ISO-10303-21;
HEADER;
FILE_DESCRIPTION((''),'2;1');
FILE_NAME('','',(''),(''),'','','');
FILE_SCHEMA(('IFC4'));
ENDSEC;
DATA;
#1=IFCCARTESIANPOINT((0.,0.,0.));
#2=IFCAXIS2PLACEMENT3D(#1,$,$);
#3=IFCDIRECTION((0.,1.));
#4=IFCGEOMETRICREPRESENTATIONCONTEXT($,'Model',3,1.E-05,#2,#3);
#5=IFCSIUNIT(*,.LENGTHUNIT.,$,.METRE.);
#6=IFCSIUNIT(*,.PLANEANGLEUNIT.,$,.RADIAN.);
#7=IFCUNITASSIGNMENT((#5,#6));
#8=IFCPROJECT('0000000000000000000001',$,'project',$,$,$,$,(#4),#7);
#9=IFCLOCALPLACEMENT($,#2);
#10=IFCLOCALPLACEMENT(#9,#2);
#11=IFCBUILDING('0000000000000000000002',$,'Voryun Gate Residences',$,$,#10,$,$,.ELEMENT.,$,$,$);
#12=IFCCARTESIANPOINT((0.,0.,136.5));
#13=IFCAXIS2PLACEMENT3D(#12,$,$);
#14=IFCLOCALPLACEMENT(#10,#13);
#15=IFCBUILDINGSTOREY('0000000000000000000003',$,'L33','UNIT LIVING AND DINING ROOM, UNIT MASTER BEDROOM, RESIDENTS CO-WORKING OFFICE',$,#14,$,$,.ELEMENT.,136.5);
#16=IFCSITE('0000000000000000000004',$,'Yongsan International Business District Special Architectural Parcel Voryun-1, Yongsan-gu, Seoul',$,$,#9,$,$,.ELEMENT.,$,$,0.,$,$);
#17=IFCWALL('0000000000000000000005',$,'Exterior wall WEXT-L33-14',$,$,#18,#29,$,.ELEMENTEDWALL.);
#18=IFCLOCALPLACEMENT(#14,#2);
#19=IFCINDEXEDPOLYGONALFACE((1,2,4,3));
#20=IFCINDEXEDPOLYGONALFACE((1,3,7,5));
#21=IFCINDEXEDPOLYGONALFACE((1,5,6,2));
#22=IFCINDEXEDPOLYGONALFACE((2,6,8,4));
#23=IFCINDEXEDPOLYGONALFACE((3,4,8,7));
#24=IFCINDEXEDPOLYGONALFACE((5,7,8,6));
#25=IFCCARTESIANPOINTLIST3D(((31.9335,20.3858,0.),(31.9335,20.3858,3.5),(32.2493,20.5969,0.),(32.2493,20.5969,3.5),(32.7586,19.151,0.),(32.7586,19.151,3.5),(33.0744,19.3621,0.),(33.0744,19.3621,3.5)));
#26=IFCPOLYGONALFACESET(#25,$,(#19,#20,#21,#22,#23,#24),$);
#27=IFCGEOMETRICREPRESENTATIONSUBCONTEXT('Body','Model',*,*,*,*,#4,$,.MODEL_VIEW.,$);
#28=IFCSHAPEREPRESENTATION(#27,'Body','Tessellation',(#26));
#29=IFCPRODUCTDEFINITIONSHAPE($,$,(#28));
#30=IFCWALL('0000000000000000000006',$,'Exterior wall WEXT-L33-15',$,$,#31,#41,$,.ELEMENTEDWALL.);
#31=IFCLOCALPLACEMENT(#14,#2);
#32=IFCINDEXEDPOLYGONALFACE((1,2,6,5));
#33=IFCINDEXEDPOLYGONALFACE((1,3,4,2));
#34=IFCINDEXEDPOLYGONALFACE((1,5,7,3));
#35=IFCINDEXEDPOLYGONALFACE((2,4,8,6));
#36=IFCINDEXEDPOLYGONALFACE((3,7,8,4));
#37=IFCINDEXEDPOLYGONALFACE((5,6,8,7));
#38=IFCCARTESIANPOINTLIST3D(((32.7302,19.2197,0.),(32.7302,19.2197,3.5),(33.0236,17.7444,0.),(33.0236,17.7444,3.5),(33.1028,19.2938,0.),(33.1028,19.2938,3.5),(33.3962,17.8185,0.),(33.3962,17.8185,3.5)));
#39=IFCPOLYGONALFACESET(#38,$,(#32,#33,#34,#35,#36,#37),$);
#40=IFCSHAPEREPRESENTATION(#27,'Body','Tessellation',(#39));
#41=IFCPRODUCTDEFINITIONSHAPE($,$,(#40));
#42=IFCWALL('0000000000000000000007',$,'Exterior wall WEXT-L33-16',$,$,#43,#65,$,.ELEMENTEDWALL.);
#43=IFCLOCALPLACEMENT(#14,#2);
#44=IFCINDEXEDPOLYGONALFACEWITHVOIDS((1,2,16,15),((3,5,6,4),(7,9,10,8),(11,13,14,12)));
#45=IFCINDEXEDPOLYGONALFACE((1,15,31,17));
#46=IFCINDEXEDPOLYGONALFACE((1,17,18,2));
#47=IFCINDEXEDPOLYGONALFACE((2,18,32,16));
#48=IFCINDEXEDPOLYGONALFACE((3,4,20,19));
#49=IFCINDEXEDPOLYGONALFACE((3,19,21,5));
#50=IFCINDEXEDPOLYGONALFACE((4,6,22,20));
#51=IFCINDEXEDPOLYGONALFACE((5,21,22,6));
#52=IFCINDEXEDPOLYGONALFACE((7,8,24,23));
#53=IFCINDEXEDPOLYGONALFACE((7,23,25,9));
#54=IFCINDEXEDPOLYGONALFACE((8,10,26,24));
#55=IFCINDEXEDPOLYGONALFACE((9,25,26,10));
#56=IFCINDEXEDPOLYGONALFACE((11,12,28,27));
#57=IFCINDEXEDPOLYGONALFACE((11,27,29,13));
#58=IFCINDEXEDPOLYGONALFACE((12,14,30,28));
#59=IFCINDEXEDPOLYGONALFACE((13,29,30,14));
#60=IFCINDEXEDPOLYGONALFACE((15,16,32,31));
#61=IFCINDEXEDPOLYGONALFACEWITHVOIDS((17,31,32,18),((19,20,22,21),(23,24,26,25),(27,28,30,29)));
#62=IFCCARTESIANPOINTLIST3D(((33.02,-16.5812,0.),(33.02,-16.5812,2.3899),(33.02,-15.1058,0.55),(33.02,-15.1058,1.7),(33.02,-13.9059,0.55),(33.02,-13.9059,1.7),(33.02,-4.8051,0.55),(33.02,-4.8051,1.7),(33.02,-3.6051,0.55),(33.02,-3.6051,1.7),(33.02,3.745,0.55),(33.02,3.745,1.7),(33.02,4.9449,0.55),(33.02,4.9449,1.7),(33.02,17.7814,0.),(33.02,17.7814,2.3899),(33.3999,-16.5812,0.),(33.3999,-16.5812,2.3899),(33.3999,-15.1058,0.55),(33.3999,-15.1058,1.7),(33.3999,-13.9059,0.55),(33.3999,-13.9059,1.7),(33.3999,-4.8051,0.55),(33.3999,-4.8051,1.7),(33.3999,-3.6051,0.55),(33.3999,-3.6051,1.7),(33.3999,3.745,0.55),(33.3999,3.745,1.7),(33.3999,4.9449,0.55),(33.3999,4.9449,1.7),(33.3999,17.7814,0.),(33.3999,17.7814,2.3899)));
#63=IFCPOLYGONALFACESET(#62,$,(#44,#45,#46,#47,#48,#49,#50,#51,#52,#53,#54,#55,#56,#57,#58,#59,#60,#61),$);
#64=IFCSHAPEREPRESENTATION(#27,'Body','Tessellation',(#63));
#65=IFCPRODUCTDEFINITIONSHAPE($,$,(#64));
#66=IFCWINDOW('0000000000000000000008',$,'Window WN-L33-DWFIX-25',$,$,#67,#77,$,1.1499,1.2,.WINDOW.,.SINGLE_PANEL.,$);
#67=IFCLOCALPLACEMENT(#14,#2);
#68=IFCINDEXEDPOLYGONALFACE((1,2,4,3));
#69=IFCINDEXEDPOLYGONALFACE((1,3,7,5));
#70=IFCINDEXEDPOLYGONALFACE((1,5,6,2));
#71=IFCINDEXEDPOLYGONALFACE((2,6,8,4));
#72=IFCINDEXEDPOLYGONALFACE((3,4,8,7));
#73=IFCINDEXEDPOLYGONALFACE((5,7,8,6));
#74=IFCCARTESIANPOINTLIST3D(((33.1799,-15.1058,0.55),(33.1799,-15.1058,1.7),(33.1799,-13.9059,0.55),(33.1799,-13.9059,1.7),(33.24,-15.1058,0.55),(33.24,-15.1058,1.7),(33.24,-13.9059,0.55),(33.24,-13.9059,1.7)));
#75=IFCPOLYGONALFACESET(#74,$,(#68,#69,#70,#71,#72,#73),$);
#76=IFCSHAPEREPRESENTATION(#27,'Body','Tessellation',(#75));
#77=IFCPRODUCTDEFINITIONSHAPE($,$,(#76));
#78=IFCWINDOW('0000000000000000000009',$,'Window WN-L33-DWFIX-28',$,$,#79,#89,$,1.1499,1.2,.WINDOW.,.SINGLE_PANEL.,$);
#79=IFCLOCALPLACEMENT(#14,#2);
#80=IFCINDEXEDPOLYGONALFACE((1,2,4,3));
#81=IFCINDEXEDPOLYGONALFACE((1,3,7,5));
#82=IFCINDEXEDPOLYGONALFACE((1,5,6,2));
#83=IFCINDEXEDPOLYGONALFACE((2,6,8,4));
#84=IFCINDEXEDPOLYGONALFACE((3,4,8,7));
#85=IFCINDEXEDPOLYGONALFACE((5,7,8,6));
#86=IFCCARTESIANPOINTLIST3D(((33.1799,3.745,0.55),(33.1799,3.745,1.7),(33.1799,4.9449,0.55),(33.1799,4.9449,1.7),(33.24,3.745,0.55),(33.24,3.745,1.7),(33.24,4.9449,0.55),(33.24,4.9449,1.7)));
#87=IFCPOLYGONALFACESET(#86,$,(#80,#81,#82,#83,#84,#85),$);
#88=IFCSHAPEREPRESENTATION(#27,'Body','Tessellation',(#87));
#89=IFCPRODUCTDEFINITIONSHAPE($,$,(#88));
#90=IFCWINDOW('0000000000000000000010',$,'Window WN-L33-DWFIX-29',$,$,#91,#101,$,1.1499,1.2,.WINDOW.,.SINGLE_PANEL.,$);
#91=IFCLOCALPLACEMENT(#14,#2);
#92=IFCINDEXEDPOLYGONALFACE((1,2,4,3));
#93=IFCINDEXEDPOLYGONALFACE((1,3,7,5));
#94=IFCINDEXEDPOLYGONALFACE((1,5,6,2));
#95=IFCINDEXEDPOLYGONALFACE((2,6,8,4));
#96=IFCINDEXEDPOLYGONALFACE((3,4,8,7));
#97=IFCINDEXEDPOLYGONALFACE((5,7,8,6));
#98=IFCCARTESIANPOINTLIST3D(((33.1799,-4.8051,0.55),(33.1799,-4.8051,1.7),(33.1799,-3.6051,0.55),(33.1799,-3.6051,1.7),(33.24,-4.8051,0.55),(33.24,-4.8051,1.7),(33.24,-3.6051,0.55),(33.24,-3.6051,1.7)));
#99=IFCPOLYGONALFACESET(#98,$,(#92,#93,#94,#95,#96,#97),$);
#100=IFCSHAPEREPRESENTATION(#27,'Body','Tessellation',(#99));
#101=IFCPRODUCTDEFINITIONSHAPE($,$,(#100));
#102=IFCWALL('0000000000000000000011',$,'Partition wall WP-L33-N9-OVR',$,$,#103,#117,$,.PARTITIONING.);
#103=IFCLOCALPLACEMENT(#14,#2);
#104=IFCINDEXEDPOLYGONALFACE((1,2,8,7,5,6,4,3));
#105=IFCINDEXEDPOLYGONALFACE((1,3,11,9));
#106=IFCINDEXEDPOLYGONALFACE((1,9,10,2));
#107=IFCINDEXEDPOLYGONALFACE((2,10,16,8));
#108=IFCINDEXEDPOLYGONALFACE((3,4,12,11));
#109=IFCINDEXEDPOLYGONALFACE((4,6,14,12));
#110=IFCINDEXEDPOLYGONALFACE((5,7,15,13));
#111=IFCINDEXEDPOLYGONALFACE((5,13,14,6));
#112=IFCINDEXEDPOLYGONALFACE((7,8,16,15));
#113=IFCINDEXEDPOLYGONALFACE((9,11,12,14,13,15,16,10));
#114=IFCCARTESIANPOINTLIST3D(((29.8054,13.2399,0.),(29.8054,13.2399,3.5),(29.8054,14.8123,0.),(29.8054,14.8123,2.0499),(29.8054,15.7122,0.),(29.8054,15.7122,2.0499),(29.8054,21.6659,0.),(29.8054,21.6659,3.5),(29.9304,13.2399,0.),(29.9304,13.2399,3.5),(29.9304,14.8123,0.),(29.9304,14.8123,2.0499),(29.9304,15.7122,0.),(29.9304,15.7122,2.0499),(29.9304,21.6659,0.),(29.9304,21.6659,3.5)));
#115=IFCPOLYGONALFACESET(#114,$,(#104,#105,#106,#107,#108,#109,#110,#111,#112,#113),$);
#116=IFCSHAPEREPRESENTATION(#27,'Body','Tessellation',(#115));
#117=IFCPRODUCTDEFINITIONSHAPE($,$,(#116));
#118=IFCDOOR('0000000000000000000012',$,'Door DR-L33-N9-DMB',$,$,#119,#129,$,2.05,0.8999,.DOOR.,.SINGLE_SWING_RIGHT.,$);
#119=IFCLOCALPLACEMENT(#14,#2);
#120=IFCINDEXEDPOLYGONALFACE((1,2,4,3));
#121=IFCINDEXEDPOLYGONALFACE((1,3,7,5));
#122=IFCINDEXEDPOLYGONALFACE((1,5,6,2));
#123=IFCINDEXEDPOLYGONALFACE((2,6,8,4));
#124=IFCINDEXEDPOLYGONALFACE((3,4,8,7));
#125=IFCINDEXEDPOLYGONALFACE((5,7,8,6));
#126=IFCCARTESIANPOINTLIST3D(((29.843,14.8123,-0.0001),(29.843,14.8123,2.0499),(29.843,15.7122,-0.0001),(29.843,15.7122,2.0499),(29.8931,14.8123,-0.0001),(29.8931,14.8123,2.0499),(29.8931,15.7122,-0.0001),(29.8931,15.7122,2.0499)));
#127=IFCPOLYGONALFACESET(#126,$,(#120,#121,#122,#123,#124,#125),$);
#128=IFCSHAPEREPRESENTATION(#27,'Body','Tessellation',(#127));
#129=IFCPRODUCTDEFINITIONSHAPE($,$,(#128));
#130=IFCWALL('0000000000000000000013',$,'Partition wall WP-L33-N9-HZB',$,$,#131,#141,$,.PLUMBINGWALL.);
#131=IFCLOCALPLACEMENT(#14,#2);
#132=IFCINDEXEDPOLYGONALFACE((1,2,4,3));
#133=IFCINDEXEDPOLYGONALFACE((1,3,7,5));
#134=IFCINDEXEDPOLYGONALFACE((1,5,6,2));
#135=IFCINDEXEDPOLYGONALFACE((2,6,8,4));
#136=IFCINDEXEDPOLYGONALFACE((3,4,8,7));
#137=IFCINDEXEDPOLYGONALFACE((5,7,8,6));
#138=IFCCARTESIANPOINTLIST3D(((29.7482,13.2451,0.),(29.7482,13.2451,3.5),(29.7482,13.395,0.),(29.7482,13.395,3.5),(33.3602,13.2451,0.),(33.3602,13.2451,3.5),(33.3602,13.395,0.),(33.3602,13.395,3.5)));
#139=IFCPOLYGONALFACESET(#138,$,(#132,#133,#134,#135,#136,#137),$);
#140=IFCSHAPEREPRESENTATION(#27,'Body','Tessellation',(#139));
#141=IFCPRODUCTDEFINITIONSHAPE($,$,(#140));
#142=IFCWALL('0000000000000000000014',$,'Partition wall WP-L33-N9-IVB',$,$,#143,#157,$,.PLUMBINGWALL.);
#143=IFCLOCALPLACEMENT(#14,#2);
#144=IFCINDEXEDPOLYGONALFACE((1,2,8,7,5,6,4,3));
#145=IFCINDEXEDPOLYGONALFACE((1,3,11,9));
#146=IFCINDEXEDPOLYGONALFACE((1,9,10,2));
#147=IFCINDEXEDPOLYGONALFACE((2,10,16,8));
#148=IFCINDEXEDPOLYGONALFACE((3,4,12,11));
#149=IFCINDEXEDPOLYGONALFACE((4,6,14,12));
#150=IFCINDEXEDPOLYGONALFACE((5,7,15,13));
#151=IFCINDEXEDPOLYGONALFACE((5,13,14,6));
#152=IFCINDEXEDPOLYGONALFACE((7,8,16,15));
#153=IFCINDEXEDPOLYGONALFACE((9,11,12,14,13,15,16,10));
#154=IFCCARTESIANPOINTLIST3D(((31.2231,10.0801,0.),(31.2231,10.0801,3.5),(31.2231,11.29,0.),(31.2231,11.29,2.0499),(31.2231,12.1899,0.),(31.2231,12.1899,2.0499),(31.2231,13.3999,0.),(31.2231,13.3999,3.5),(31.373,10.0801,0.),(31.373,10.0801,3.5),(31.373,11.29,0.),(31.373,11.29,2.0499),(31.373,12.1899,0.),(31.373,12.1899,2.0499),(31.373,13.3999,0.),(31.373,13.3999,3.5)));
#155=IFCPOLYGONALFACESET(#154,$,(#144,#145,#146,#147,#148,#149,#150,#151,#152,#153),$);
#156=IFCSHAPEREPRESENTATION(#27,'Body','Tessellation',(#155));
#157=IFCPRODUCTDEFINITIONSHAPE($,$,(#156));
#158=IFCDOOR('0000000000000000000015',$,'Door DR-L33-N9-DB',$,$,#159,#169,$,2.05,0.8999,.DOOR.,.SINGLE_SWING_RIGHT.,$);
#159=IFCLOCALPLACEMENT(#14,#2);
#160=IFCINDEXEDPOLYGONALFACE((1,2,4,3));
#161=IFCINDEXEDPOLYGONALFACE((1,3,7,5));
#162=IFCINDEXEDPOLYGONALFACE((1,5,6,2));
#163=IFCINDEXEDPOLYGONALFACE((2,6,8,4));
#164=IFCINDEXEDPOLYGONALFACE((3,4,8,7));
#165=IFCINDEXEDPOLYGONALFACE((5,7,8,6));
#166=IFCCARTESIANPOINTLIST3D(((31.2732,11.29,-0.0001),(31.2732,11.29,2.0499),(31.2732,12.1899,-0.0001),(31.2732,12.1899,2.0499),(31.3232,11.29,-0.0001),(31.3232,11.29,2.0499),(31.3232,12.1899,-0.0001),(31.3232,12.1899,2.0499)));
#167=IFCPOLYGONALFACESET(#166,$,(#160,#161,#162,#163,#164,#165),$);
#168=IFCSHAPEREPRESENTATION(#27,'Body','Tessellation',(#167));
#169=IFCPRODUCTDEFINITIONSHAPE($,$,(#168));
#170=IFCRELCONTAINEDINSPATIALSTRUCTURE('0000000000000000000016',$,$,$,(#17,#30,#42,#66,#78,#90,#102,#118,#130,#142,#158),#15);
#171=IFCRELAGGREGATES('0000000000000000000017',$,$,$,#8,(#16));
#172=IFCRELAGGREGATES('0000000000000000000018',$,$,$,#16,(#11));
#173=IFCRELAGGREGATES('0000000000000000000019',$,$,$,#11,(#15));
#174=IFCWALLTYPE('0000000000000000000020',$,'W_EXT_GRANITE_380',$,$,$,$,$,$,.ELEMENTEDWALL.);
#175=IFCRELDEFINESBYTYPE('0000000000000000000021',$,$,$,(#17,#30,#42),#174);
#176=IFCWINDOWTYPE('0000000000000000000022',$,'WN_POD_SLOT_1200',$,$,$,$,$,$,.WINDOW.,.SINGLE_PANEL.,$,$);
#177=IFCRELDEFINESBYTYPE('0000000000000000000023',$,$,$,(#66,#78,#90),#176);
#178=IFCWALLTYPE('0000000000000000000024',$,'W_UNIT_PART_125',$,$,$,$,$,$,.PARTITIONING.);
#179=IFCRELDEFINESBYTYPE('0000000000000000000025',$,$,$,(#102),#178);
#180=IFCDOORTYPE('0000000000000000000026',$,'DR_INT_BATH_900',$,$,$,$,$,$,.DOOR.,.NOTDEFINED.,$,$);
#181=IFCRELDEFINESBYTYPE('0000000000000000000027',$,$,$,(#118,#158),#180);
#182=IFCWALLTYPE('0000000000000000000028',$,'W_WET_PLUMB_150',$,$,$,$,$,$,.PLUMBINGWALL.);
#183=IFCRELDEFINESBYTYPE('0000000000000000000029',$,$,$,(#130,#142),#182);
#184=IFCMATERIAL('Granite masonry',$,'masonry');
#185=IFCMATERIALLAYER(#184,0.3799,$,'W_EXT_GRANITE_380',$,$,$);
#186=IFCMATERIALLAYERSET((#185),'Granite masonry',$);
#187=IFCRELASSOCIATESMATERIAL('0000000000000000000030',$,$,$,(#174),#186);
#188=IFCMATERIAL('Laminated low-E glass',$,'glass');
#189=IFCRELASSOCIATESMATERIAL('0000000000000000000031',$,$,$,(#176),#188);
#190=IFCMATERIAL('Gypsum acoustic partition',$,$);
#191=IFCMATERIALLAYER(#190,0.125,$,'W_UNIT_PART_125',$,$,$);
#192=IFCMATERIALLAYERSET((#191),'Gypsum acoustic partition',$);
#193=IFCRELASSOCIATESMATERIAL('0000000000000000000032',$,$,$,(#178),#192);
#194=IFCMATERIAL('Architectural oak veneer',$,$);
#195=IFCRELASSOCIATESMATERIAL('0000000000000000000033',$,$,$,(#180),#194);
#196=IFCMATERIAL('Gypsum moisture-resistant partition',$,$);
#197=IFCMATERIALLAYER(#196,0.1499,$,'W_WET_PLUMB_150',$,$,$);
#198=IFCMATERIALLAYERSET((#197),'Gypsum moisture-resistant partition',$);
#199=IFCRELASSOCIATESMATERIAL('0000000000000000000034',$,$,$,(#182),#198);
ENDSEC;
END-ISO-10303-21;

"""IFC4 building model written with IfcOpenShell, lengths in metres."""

from ifc_helpers import new_model, si_unit, direction, frame, frame_2d, origin, place, context, subcontext, project, spatial, rectangle, extrude, material, layer, layer_set, type_object, element, fill, save


model = new_model("IFC4")

# Units and contexts
model_context = context("Model", 3, precision=1e-05, world=origin(), true_north=direction((0.0, 1.0)))
body_context = subcontext(model_context, "Body", "Model", "MODEL_VIEW")
ifc_project = project(units=[si_unit("LENGTHUNIT", "METRE"), si_unit("PLANEANGLEUNIT", "RADIAN")], contexts=[model_context])

# Site, building, storey
site_placement = place(None, origin())
site = spatial("IfcSite", under=ifc_project, at=site_placement, Name="Yongsan International Business District Special Architectural Parcel Voryun-1, Yongsan-gu, Seoul", CompositionType="ELEMENT", RefElevation=0.0)
building_placement = place(site_placement, origin())
building = spatial("IfcBuilding", under=site, at=building_placement, Name="Voryun Gate Residences", CompositionType="ELEMENT")
storey_placement = place(building_placement, frame((0.0, 0.0, 136.5)))
storey = spatial("IfcBuildingStorey", under=building, at=storey_placement, Name="L33", Description="UNIT LIVING AND DINING ROOM, UNIT MASTER BEDROOM, RESIDENTS CO-WORKING OFFICE", CompositionType="ELEMENT", Elevation=136.5)

# Walls
ifc_material_1 = material(Name="Granite masonry", Category="masonry")
ifc_layer_1 = layer(ifc_material_1, 0.3799, Name="W_EXT_GRANITE_380")
ifc_layer_set_1 = layer_set([ifc_layer_1], Name="Granite masonry")
wall_type_1 = type_object("IfcWallType", Name="W_EXT_GRANITE_380", PredefinedType="ELEMENTEDWALL", material=ifc_layer_set_1)
wall_1_placement = place(storey_placement, frame((32.0913, 20.4915, 0.0), z_axis=(0.0, 0.0, 1.0), x_axis=(0.55561, -0.831443, 0.0)))
element("IfcWall", 1, at=wall_1_placement, inside=storey, type_object=wall_type_1, Name="Exterior wall WEXT-L33-14", PredefinedType="ELEMENTEDWALL", context=body_context, shape_type="SweptSolid", body=[
    extrude(rectangle(XDim=1.4851, YDim=0.3799, at=frame_2d((0.7427, 0.0))), origin(), (0.0, 0.0, 1.0), 3.5),
])
wall_2_placement = place(storey_placement, frame((32.9165, 19.2566, 0.0), z_axis=(0.0, 0.0, 1.0), x_axis=(0.195086, -0.980786, 0.0)))
element("IfcWall", 2, at=wall_2_placement, inside=storey, type_object=wall_type_1, Name="Exterior wall WEXT-L33-15", PredefinedType="ELEMENTEDWALL", context=body_context, shape_type="SweptSolid", body=[
    extrude(rectangle(XDim=1.5042, YDim=0.3799, at=frame_2d((0.752, 0.0))), origin(), (0.0, 0.0, 1.0), 3.5),
])

# Wall, openings, windows
wall_3_placement = place(storey_placement, frame((33.21, 17.7812, 0.0), z_axis=(0.0, 0.0, 1.0), x_axis=(0.0, -1.0, 0.0)))
wall_3 = element("IfcWall", 3, at=wall_3_placement, inside=storey, type_object=wall_type_1, Name="Exterior wall WEXT-L33-16", PredefinedType="ELEMENTEDWALL", context=body_context, shape_type="SweptSolid", body=[
    extrude(rectangle(XDim=34.3625, YDim=0.3799, at=frame_2d((17.1812, 0.0))), origin(), (0.0, 0.0, 1.0), 2.3899),
])
opening_1_placement = place(wall_3_placement, frame((31.687, 0.0, 0.55)))
opening_1 = element("IfcOpeningElement", 4, at=opening_1_placement, cuts=wall_3, PredefinedType="OPENING", context=body_context, shape_type="SweptSolid", body=[
    extrude(rectangle(XDim=1.2, YDim=1.1499, at=frame_2d((0.6001, 0.575))), frame((0.0, 0.2, 0.0), z_axis=(0.0, -1.0, 0.0), x_axis=(1.0, 0.0, 0.0)), (0.0, 0.0, 1.0), 0.3999),
])
opening_2_placement = place(wall_3_placement, frame((12.8362, 0.0, 0.55)))
opening_2 = element("IfcOpeningElement", 5, at=opening_2_placement, cuts=wall_3, PredefinedType="OPENING", context=body_context, shape_type="SweptSolid", body=[
    extrude(rectangle(XDim=1.2, YDim=1.1499, at=frame_2d((0.6001, 0.575))), frame((0.0, 0.2, 0.0), z_axis=(0.0, -1.0, 0.0), x_axis=(1.0, 0.0, 0.0)), (0.0, 0.0, 1.0), 0.3999),
])
opening_3_placement = place(wall_3_placement, frame((21.3862, 0.0, 0.55)))
opening_3 = element("IfcOpeningElement", 6, at=opening_3_placement, cuts=wall_3, PredefinedType="OPENING", context=body_context, shape_type="SweptSolid", body=[
    extrude(rectangle(XDim=1.2, YDim=1.1499, at=frame_2d((0.6001, 0.575))), frame((0.0, 0.2, 0.0), z_axis=(0.0, -1.0, 0.0), x_axis=(1.0, 0.0, 0.0)), (0.0, 0.0, 1.0), 0.3999),
])
ifc_material_2 = material(Name="Laminated low-E glass", Category="glass")
window_type = type_object("IfcWindowType", Name="WN_POD_SLOT_1200", PartitioningType="SINGLE_PANEL", PredefinedType="WINDOW", material=ifc_material_2)
window_1_placement = place(opening_1_placement, origin())
window_1 = element("IfcWindow", 7, at=window_1_placement, inside=storey, type_object=window_type, Name="Window WN-L33-DWFIX-25", OverallHeight=1.1499, OverallWidth=1.2, PartitioningType="SINGLE_PANEL", PredefinedType="WINDOW", context=body_context, shape_type="SweptSolid", body=[
    extrude(rectangle(XDim=1.2, YDim=1.1499, at=frame_2d((0.6001, 0.575))), frame((0.0, 0.03, 0.0), z_axis=(0.0, -1.0, 0.0), x_axis=(1.0, 0.0, 0.0)), (0.0, 0.0, 1.0), 0.0601),
])
fill(opening_1, window_1)
window_2_placement = place(opening_2_placement, origin())
window_2 = element("IfcWindow", 8, at=window_2_placement, inside=storey, type_object=window_type, Name="Window WN-L33-DWFIX-28", OverallHeight=1.1499, OverallWidth=1.2, PartitioningType="SINGLE_PANEL", PredefinedType="WINDOW", context=body_context, shape_type="SweptSolid", body=[
    extrude(rectangle(XDim=1.2, YDim=1.1499, at=frame_2d((0.6001, 0.575))), frame((0.0, 0.03, 0.0), z_axis=(0.0, -1.0, 0.0), x_axis=(1.0, 0.0, 0.0)), (0.0, 0.0, 1.0), 0.0601),
])
fill(opening_2, window_2)
window_3_placement = place(opening_3_placement, origin())
window_3 = element("IfcWindow", 9, at=window_3_placement, inside=storey, type_object=window_type, Name="Window WN-L33-DWFIX-29", OverallHeight=1.1499, OverallWidth=1.2, PartitioningType="SINGLE_PANEL", PredefinedType="WINDOW", context=body_context, shape_type="SweptSolid", body=[
    extrude(rectangle(XDim=1.2, YDim=1.1499, at=frame_2d((0.6001, 0.575))), frame((0.0, 0.03, 0.0), z_axis=(0.0, -1.0, 0.0), x_axis=(1.0, 0.0, 0.0)), (0.0, 0.0, 1.0), 0.0601),
])
fill(opening_3, window_3)

# Wall, opening, door
ifc_material_3 = material(Name="Gypsum acoustic partition")
ifc_layer_2 = layer(ifc_material_3, 0.125, Name="W_UNIT_PART_125")
ifc_layer_set_2 = layer_set([ifc_layer_2], Name="Gypsum acoustic partition")
wall_type_2 = type_object("IfcWallType", Name="W_UNIT_PART_125", PredefinedType="PARTITIONING", material=ifc_layer_set_2)
wall_4_placement = place(storey_placement, frame((29.8679, 13.24, 0.0), z_axis=(0.0, 0.0, 1.0), x_axis=(0.0, 1.0, 0.0)))
wall_4 = element("IfcWall", 10, at=wall_4_placement, inside=storey, type_object=wall_type_2, Name="Partition wall WP-L33-N9-OVR", PredefinedType="PARTITIONING", context=body_context, shape_type="SweptSolid", body=[
    extrude(rectangle(XDim=8.426, YDim=0.125, at=frame_2d((4.2129, 0.0))), origin(), (0.0, 0.0, 1.0), 3.5),
])
opening_4_placement = place(wall_4_placement, frame((1.5723, 0.0, 0.0)))
opening_4 = element("IfcOpeningElement", 11, at=opening_4_placement, cuts=wall_4, PredefinedType="OPENING", context=body_context, shape_type="SweptSolid", body=[
    extrude(rectangle(XDim=0.8999, YDim=2.05, at=frame_2d((0.45, 1.0249))), frame((0.0, 0.0725, 0.0), z_axis=(0.0, -1.0, 0.0), x_axis=(1.0, 0.0, 0.0)), (0.0, 0.0, 1.0), 0.145),
])
ifc_material_4 = material(Name="Architectural oak veneer")
door_type = type_object("IfcDoorType", Name="DR_INT_BATH_900", OperationType="NOTDEFINED", PredefinedType="DOOR", material=ifc_material_4)
door_1_placement = place(opening_4_placement, origin())
door_1 = element("IfcDoor", 12, at=door_1_placement, inside=storey, type_object=door_type, Name="Door DR-L33-N9-DMB", OperationType="SINGLE_SWING_RIGHT", OverallHeight=2.05, OverallWidth=0.8999, PredefinedType="DOOR", context=body_context, shape_type="SweptSolid", body=[
    extrude(rectangle(XDim=0.8999, YDim=2.05, at=frame_2d((0.45, 1.0249))), frame((0.0, 0.0249, 0.0), z_axis=(0.0, -1.0, 0.0), x_axis=(1.0, 0.0, 0.0)), (0.0, 0.0, 1.0), 0.05),
])
fill(opening_4, door_1)

# Wall
ifc_material_5 = material(Name="Gypsum moisture-resistant partition")
ifc_layer_3 = layer(ifc_material_5, 0.1499, Name="W_WET_PLUMB_150")
ifc_layer_set_3 = layer_set([ifc_layer_3], Name="Gypsum moisture-resistant partition")
wall_type_3 = type_object("IfcWallType", Name="W_WET_PLUMB_150", PredefinedType="PLUMBINGWALL", material=ifc_layer_set_3)
wall_5_placement = place(storey_placement, frame((29.748, 13.3201, 0.0), z_axis=(0.0, 0.0, 1.0), x_axis=(1.0, 0.0, 0.0)))
element("IfcWall", 13, at=wall_5_placement, inside=storey, type_object=wall_type_3, Name="Partition wall WP-L33-N9-HZB", PredefinedType="PLUMBINGWALL", context=body_context, shape_type="SweptSolid", body=[
    extrude(rectangle(XDim=3.6121, YDim=0.1499, at=frame_2d((1.8062, 0.0))), origin(), (0.0, 0.0, 1.0), 3.5),
])

# Wall, opening, door
wall_6_placement = place(storey_placement, frame((31.2981, 10.0801, 0.0), z_axis=(0.0, 0.0, 1.0), x_axis=(0.0, 1.0, 0.0)))
wall_6 = element("IfcWall", 14, at=wall_6_placement, inside=storey, type_object=wall_type_3, Name="Partition wall WP-L33-N9-IVB", PredefinedType="PLUMBINGWALL", context=body_context, shape_type="SweptSolid", body=[
    extrude(rectangle(XDim=3.3198, YDim=0.1499, at=frame_2d((1.6599, 0.0))), origin(), (0.0, 0.0, 1.0), 3.5),
])
opening_5_placement = place(wall_6_placement, frame((1.21, 0.0, 0.0)))
opening_5 = element("IfcOpeningElement", 15, at=opening_5_placement, cuts=wall_6, PredefinedType="OPENING", context=body_context, shape_type="SweptSolid", body=[
    extrude(rectangle(XDim=0.8999, YDim=2.05, at=frame_2d((0.45, 1.0249))), frame((0.0, 0.085, 0.0), z_axis=(0.0, -1.0, 0.0), x_axis=(1.0, 0.0, 0.0)), (0.0, 0.0, 1.0), 0.1699),
])
door_2_placement = place(opening_5_placement, origin())
door_2 = element("IfcDoor", 16, at=door_2_placement, inside=storey, type_object=door_type, Name="Door DR-L33-N9-DB", OperationType="SINGLE_SWING_RIGHT", OverallHeight=2.05, OverallWidth=0.8999, PredefinedType="DOOR", context=body_context, shape_type="SweptSolid", body=[
    extrude(rectangle(XDim=0.8999, YDim=2.05, at=frame_2d((0.45, 1.0249))), frame((0.0, 0.0249, 0.0), z_axis=(0.0, -1.0, 0.0), x_axis=(1.0, 0.0, 0.0)), (0.0, 0.0, 1.0), 0.05),
])
fill(opening_5, door_2)

save(model, "model.ifc")
